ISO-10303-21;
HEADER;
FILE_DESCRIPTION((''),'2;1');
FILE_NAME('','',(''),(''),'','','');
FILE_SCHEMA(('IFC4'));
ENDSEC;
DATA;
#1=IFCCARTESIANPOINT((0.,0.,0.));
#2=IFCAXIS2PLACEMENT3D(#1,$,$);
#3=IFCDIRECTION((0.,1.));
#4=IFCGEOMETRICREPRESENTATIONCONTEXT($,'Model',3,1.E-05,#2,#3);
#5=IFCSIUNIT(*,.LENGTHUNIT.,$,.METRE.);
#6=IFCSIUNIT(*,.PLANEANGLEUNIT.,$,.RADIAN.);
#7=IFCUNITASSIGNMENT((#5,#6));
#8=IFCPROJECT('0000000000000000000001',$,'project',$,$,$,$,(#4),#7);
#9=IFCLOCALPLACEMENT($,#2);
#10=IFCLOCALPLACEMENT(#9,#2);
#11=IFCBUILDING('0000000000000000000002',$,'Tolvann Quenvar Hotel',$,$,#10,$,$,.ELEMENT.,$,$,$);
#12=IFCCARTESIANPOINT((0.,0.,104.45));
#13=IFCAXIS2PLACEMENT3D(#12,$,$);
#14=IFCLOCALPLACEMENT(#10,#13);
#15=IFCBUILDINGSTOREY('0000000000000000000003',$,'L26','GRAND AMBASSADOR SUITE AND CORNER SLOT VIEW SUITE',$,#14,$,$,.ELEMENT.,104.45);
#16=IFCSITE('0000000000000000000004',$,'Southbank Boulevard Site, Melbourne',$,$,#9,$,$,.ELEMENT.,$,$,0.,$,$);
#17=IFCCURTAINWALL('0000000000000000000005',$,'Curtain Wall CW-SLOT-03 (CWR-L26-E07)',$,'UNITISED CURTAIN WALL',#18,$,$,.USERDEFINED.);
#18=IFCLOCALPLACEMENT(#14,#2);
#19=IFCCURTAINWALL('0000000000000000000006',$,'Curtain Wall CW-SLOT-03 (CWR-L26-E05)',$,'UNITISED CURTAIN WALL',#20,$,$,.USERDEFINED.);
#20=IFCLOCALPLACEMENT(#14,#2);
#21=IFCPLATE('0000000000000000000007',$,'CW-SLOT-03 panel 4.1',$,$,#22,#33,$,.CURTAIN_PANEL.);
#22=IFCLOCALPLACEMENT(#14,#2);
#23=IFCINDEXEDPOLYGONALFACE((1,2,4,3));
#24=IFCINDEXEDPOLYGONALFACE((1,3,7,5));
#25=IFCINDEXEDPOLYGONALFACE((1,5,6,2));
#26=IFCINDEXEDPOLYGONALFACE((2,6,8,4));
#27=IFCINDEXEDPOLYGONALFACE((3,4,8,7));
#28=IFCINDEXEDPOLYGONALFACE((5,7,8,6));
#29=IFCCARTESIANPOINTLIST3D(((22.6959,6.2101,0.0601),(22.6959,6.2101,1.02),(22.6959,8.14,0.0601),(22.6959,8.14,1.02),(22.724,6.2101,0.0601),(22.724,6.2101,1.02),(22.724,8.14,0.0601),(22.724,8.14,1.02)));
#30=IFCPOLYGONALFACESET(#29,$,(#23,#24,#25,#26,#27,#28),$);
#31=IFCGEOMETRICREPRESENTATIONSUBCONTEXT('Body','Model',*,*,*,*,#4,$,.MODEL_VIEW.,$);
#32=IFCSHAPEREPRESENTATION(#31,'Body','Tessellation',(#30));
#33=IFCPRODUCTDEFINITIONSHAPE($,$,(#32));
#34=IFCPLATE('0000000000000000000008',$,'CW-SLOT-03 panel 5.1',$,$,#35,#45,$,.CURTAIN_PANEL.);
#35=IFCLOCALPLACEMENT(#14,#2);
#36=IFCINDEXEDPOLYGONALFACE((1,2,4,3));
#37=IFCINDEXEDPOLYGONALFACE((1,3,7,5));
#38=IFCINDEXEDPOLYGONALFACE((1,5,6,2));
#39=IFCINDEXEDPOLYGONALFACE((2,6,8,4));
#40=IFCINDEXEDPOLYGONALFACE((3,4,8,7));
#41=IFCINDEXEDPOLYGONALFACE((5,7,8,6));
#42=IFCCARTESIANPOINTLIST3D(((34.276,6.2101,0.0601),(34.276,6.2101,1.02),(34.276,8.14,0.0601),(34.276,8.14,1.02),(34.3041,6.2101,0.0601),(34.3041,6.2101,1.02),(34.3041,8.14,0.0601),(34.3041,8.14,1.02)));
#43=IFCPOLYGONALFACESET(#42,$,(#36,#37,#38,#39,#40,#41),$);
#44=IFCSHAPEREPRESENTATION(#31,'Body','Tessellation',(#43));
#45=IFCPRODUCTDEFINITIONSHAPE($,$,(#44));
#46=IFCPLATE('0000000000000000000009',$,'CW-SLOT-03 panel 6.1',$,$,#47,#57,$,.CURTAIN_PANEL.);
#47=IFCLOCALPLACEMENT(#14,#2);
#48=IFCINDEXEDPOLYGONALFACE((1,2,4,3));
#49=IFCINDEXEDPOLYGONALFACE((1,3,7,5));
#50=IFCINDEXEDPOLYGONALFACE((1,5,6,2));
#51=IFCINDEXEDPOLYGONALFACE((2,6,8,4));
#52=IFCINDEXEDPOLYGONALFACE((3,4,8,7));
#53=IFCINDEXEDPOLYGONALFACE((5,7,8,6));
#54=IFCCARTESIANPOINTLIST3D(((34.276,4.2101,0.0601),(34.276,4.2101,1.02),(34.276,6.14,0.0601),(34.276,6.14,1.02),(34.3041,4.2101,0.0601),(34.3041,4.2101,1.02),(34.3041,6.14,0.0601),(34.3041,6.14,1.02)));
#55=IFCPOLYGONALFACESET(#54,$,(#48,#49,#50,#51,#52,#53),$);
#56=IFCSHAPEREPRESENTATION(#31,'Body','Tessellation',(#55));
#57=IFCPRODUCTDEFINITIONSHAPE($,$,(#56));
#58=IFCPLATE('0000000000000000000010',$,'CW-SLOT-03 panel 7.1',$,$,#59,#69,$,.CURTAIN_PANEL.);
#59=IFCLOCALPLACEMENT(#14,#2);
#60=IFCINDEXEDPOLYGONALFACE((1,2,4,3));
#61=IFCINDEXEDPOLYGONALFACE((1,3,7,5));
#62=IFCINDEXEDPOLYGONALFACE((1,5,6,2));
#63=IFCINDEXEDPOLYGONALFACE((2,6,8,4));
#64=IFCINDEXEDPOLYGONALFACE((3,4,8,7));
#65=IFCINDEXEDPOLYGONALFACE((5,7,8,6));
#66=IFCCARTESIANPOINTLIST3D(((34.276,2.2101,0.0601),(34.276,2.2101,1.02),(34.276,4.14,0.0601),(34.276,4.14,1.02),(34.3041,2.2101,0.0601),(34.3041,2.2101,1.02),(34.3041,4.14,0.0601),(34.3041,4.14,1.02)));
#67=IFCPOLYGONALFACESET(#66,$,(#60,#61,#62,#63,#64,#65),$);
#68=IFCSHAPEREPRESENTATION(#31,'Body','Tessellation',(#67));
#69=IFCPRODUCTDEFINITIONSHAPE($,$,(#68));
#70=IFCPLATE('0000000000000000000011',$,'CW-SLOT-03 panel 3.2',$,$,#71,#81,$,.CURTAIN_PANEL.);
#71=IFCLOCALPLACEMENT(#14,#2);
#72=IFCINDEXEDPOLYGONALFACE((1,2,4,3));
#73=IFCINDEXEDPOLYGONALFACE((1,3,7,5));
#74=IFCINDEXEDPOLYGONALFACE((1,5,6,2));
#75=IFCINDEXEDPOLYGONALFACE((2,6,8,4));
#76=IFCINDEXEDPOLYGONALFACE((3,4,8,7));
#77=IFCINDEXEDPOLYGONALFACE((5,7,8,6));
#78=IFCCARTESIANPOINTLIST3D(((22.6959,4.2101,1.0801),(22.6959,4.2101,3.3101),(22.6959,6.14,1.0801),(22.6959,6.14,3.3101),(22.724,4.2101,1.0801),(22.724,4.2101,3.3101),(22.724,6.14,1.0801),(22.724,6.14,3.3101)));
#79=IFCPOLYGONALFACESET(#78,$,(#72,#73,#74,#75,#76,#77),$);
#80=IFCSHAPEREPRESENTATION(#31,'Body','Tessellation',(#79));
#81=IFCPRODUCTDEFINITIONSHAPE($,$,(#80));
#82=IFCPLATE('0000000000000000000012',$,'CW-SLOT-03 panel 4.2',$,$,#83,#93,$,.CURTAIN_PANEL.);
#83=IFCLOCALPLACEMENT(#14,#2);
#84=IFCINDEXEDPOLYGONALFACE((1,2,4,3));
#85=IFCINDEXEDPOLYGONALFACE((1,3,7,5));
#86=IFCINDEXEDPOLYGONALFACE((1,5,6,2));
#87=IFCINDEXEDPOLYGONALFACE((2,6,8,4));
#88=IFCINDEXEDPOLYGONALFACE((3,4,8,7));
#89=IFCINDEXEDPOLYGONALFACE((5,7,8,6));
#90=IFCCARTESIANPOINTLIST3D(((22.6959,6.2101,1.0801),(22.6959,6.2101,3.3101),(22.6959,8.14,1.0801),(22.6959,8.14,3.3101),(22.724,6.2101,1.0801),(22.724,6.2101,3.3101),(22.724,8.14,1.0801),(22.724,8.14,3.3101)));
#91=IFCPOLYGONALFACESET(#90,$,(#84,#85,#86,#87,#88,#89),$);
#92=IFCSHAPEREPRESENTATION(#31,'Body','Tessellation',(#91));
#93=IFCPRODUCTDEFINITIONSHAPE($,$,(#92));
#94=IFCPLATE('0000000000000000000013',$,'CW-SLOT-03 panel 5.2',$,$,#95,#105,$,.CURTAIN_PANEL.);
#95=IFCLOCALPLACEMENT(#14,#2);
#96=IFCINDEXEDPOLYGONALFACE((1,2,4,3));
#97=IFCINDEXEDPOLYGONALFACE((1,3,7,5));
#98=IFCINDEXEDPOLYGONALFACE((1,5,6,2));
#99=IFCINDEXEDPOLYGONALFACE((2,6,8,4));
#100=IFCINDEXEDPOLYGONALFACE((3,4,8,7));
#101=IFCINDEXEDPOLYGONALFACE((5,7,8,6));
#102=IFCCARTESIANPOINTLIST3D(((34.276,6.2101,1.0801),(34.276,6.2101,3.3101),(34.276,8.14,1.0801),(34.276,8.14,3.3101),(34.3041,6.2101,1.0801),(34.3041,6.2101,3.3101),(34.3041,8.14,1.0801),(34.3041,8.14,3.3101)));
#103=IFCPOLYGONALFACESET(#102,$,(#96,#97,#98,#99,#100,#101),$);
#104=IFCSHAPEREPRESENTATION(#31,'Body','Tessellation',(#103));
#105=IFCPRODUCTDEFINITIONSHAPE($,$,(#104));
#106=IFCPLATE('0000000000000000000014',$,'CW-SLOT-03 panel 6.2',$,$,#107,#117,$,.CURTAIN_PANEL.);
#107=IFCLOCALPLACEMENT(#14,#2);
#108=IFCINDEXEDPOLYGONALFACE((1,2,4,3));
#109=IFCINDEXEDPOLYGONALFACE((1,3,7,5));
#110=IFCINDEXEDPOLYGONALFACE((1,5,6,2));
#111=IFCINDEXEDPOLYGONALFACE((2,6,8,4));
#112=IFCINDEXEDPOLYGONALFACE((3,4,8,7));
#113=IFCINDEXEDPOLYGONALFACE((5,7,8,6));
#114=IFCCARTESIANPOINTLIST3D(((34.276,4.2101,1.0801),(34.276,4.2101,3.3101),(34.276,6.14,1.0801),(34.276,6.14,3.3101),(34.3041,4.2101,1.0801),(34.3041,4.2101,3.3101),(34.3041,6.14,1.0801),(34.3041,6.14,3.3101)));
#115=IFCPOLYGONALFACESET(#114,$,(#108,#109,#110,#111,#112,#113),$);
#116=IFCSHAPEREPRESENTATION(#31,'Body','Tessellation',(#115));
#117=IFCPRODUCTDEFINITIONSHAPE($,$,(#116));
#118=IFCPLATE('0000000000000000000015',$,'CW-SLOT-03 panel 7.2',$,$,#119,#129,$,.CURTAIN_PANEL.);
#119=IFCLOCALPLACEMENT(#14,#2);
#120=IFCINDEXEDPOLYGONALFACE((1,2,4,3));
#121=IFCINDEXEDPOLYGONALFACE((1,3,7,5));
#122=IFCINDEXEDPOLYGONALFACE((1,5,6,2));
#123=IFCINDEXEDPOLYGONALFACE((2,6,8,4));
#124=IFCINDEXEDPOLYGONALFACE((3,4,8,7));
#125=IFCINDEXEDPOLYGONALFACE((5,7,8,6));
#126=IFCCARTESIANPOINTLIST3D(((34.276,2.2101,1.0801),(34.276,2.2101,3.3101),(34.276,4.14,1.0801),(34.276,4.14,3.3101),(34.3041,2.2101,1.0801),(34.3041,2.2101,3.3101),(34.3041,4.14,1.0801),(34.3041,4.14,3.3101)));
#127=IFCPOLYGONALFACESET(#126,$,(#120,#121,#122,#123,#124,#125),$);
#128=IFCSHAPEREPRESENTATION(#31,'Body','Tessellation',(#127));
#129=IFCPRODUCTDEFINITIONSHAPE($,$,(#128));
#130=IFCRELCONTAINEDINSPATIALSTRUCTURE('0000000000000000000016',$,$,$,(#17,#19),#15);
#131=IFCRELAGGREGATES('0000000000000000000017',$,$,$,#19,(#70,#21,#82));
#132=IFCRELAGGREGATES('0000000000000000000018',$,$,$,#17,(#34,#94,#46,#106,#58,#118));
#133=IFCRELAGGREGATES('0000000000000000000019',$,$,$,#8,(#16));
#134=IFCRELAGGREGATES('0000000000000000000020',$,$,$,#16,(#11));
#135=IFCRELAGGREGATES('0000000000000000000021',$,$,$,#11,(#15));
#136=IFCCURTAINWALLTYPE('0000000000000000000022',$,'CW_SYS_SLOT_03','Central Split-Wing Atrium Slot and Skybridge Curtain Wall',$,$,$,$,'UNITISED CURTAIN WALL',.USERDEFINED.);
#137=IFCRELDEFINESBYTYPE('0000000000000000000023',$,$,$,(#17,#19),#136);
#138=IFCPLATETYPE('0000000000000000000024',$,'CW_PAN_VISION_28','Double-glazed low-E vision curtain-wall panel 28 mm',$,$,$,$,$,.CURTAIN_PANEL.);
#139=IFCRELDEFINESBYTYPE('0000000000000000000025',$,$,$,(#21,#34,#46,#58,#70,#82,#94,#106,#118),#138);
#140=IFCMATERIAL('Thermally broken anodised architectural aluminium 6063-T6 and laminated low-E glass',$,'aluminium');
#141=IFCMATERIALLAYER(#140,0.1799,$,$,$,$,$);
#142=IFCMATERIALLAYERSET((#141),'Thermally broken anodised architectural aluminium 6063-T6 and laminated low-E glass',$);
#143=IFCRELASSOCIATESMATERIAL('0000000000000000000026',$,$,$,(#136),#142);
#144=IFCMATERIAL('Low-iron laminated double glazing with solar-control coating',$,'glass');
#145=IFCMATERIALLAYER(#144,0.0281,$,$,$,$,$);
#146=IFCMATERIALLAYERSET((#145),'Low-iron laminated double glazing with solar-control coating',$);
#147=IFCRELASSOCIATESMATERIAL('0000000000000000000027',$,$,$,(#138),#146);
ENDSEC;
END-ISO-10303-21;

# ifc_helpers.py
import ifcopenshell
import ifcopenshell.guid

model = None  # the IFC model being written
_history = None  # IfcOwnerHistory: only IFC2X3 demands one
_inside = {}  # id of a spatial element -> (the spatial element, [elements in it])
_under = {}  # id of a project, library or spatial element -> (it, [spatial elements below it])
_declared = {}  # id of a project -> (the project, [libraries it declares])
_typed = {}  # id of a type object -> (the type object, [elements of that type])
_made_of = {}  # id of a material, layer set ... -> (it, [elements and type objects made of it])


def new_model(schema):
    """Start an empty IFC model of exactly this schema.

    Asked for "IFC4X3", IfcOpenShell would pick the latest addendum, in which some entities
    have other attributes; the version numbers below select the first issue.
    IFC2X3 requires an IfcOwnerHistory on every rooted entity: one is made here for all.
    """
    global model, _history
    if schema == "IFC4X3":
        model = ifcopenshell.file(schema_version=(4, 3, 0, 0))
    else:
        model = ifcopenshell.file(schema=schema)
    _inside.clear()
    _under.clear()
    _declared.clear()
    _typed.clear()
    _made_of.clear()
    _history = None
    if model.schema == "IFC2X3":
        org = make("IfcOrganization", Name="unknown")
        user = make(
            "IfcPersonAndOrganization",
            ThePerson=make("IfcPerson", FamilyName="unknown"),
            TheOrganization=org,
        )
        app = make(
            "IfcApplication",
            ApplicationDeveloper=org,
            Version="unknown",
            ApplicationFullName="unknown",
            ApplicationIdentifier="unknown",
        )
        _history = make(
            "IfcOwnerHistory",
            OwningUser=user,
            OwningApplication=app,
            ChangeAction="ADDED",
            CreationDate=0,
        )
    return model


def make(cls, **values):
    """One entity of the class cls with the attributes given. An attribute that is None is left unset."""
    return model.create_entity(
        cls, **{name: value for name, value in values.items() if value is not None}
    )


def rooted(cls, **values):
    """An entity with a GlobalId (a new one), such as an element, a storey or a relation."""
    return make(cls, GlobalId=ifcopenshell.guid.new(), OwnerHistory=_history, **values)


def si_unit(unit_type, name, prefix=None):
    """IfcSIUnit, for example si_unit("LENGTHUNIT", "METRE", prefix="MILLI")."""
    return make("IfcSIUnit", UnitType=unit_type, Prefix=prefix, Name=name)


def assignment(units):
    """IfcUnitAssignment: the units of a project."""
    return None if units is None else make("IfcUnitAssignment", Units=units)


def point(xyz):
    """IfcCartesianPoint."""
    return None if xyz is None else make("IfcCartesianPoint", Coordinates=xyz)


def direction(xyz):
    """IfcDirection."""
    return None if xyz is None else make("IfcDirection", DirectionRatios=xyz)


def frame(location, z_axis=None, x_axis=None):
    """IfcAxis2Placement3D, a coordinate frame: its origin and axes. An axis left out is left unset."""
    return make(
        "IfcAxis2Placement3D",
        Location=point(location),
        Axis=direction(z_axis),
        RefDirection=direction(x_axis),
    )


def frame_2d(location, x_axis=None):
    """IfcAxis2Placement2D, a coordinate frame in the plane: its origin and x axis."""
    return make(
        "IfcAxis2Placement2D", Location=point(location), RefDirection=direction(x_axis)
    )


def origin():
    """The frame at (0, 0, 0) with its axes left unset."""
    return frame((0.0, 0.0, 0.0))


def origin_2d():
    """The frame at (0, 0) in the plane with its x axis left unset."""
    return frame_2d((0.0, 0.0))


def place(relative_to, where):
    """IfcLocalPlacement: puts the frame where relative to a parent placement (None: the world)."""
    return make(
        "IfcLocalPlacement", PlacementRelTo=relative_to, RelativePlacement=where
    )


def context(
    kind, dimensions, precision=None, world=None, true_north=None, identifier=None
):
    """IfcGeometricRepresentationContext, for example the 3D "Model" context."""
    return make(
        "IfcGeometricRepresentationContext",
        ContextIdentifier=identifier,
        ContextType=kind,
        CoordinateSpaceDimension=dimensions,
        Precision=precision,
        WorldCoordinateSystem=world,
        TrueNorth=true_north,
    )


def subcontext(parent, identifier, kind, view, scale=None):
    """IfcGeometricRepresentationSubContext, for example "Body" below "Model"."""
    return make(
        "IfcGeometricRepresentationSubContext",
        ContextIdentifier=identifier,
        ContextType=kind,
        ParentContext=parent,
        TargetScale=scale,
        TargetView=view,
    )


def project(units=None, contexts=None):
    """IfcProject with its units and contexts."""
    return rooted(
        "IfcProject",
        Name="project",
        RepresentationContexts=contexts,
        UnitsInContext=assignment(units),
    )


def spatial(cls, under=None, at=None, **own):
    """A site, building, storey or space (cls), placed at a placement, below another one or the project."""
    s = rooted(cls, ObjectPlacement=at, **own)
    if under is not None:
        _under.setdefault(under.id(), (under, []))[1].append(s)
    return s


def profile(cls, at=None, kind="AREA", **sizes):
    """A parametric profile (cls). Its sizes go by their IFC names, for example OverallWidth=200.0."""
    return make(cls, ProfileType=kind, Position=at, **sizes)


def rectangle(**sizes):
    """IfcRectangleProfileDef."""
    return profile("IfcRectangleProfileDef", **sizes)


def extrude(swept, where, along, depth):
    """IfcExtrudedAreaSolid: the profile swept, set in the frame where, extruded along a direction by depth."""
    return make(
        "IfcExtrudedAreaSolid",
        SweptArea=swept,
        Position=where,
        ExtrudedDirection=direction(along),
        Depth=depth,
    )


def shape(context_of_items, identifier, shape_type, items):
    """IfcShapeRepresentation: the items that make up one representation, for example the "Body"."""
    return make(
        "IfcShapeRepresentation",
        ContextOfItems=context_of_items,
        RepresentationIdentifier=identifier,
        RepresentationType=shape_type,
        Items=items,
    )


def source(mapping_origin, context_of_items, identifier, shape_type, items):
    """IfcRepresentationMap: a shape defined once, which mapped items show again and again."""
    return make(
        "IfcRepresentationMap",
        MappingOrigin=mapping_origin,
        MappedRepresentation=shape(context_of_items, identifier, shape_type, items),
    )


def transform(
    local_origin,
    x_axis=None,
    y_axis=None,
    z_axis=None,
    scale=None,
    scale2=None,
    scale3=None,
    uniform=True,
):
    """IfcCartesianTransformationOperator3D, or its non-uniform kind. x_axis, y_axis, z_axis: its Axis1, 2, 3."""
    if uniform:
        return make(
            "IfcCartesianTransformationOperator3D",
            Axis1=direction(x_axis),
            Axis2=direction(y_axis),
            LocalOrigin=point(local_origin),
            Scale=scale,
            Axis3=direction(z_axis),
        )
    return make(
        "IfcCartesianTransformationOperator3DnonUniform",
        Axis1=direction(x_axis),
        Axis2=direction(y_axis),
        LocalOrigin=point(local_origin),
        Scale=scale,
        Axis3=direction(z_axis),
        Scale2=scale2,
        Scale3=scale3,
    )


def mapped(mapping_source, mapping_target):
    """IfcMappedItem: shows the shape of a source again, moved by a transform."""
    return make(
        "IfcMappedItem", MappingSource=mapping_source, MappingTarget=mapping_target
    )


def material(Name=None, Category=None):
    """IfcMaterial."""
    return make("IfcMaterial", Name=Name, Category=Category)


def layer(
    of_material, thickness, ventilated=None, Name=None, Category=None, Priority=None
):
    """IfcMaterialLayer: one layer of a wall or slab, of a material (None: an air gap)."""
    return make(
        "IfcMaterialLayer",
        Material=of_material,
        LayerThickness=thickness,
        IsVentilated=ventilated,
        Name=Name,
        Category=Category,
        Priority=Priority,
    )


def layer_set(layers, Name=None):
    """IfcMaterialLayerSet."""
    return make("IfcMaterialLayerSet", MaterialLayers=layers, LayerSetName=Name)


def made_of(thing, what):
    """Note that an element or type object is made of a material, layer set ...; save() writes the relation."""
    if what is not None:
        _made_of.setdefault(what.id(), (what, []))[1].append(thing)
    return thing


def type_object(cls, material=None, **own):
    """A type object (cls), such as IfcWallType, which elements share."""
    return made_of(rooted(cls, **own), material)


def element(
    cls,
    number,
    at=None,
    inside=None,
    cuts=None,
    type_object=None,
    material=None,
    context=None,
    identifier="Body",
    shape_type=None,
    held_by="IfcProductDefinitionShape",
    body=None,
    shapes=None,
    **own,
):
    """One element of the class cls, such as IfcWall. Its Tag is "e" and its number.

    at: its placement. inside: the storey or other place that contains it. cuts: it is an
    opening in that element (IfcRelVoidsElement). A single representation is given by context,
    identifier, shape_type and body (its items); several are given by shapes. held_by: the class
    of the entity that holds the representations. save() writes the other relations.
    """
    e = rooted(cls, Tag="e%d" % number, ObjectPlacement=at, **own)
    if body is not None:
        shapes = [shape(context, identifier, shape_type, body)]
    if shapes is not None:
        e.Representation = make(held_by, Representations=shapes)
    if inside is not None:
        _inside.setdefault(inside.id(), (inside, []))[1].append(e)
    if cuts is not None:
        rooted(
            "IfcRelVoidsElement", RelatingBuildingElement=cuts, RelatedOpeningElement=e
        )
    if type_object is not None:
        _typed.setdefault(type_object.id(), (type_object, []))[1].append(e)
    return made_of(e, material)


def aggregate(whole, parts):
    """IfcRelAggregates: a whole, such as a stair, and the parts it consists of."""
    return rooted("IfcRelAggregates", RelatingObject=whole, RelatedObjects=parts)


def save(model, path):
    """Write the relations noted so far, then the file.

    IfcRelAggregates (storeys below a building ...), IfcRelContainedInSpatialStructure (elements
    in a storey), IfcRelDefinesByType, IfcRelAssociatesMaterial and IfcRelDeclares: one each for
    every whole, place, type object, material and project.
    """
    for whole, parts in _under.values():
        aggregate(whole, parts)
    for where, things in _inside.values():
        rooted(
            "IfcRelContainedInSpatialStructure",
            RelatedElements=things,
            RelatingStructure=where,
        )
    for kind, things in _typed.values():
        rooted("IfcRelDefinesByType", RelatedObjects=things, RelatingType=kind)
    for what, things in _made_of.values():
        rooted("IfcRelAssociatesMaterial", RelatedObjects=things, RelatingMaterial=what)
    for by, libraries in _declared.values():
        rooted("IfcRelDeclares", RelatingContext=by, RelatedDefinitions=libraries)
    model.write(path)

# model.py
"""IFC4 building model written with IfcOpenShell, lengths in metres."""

from ifc_helpers import new_model, si_unit, direction, frame, origin, origin_2d, place, context, subcontext, project, spatial, rectangle, extrude, source, transform, mapped, material, layer, layer_set, type_object, element, aggregate, save


model = new_model("IFC4")

# Units and contexts
model_context = context("Model", 3, precision=1e-05, world=origin(), true_north=direction((0.0, 1.0)))
body_context = subcontext(model_context, "Body", "Model", "MODEL_VIEW")
ifc_project = project(units=[si_unit("LENGTHUNIT", "METRE"), si_unit("PLANEANGLEUNIT", "RADIAN")], contexts=[model_context])

# Site, building, storey
site_placement = place(None, origin())
site = spatial("IfcSite", under=ifc_project, at=site_placement, Name="Southbank Boulevard Site, Melbourne", CompositionType="ELEMENT", RefElevation=0.0)
building_placement = place(site_placement, origin())
building = spatial("IfcBuilding", under=site, at=building_placement, Name="Tolvann Quenvar Hotel", CompositionType="ELEMENT")
storey_placement = place(building_placement, frame((0.0, 0.0, 104.45)))
storey = spatial("IfcBuildingStorey", under=building, at=storey_placement, Name="L26", Description="GRAND AMBASSADOR SUITE AND CORNER SLOT VIEW SUITE", CompositionType="ELEMENT", Elevation=104.45)

# Curtain walls
ifc_material_1 = material(Name="Thermally broken anodised architectural aluminium 6063-T6 and laminated low-E glass", Category="aluminium")
ifc_layer_1 = layer(ifc_material_1, 0.1799)
ifc_layer_set_1 = layer_set([ifc_layer_1], Name="Thermally broken anodised architectural aluminium 6063-T6 and laminated low-E glass")
curtain_wall_type = type_object("IfcCurtainWallType", Name="CW_SYS_SLOT_03", Description="Central Split-Wing Atrium Slot and Skybridge Curtain Wall", ElementType="UNITISED CURTAIN WALL", PredefinedType="USERDEFINED", material=ifc_layer_set_1)
curtain_wall_1_placement = place(storey_placement, origin())
curtain_wall_1 = element("IfcCurtainWall", 1, at=curtain_wall_1_placement, inside=storey, type_object=curtain_wall_type, Name="Curtain Wall CW-SLOT-03 (CWR-L26-E07)", ObjectType="UNITISED CURTAIN WALL", PredefinedType="USERDEFINED")
curtain_wall_2_placement = place(storey_placement, origin())
curtain_wall_2 = element("IfcCurtainWall", 2, at=curtain_wall_2_placement, inside=storey, type_object=curtain_wall_type, Name="Curtain Wall CW-SLOT-03 (CWR-L26-E05)", ObjectType="UNITISED CURTAIN WALL", PredefinedType="USERDEFINED")

# Plates
ifc_material_2 = material(Name="Low-iron laminated double glazing with solar-control coating", Category="glass")
ifc_layer_2 = layer(ifc_material_2, 0.0281)
ifc_layer_set_2 = layer_set([ifc_layer_2], Name="Low-iron laminated double glazing with solar-control coating")
plate_type = type_object("IfcPlateType", Name="CW_PAN_VISION_28", Description="Double-glazed low-E vision curtain-wall panel 28 mm", PredefinedType="CURTAIN_PANEL", material=ifc_layer_set_2)
shared_shape_1 = source(origin(), body_context, "Body", "SweptSolid", [
    extrude(rectangle(XDim=1.9299, YDim=0.0281, at=origin_2d()), origin(), (0.0, 0.0, 1.0), 0.96),
])
plate_1_placement = place(storey_placement, frame((22.71, 7.175, 0.0601), z_axis=(0.0, 0.0, 1.0), x_axis=(0.0, 1.0, 0.0)))
plate_1 = element("IfcPlate", 3, at=plate_1_placement, type_object=plate_type, Name="CW-SLOT-03 panel 4.1", PredefinedType="CURTAIN_PANEL", context=body_context, shape_type="MappedRepresentation", body=[
    mapped(shared_shape_1, transform((0.0, 0.0, 0.0), x_axis=(1.0, 0.0, 0.0), y_axis=(0.0, 1.0, 0.0), z_axis=(0.0, 0.0, 1.0), scale=1.0)),
])
plate_2_placement = place(storey_placement, frame((34.29, 7.175, 0.0601), z_axis=(0.0, 0.0, 1.0), x_axis=(0.0, -1.0, 0.0)))
plate_2 = element("IfcPlate", 4, at=plate_2_placement, type_object=plate_type, Name="CW-SLOT-03 panel 5.1", PredefinedType="CURTAIN_PANEL", context=body_context, shape_type="MappedRepresentation", body=[
    mapped(shared_shape_1, transform((0.0, 0.0, 0.0), x_axis=(1.0, 0.0, 0.0), y_axis=(0.0, 1.0, 0.0), z_axis=(0.0, 0.0, 1.0), scale=1.0)),
])
plate_3_placement = place(storey_placement, frame((34.29, 5.175, 0.0601), z_axis=(0.0, 0.0, 1.0), x_axis=(0.0, -1.0, 0.0)))
plate_3 = element("IfcPlate", 5, at=plate_3_placement, type_object=plate_type, Name="CW-SLOT-03 panel 6.1", PredefinedType="CURTAIN_PANEL", context=body_context, shape_type="MappedRepresentation", body=[
    mapped(shared_shape_1, transform((0.0, 0.0, 0.0), x_axis=(1.0, 0.0, 0.0), y_axis=(0.0, 1.0, 0.0), z_axis=(0.0, 0.0, 1.0), scale=1.0)),
])
plate_4_placement = place(storey_placement, frame((34.29, 3.175, 0.0601), z_axis=(0.0, 0.0, 1.0), x_axis=(0.0, -1.0, 0.0)))
plate_4 = element("IfcPlate", 6, at=plate_4_placement, type_object=plate_type, Name="CW-SLOT-03 panel 7.1", PredefinedType="CURTAIN_PANEL", context=body_context, shape_type="MappedRepresentation", body=[
    mapped(shared_shape_1, transform((0.0, 0.0, 0.0), x_axis=(1.0, 0.0, 0.0), y_axis=(0.0, 1.0, 0.0), z_axis=(0.0, 0.0, 1.0), scale=1.0)),
])
shared_shape_2 = source(origin(), body_context, "Body", "SweptSolid", [
    extrude(rectangle(XDim=1.9299, YDim=0.0281, at=origin_2d()), origin(), (0.0, 0.0, 1.0), 2.23),
])
plate_5_placement = place(storey_placement, frame((22.71, 5.175, 1.0801), z_axis=(0.0, 0.0, 1.0), x_axis=(0.0, 1.0, 0.0)))
plate_5 = element("IfcPlate", 7, at=plate_5_placement, type_object=plate_type, Name="CW-SLOT-03 panel 3.2", PredefinedType="CURTAIN_PANEL", context=body_context, shape_type="MappedRepresentation", body=[
    mapped(shared_shape_2, transform((0.0, 0.0, 0.0), x_axis=(1.0, 0.0, 0.0), y_axis=(0.0, 1.0, 0.0), z_axis=(0.0, 0.0, 1.0), scale=1.0)),
])
plate_6_placement = place(storey_placement, frame((22.71, 7.175, 1.0801), z_axis=(0.0, 0.0, 1.0), x_axis=(0.0, 1.0, 0.0)))
plate_6 = element("IfcPlate", 8, at=plate_6_placement, type_object=plate_type, Name="CW-SLOT-03 panel 4.2", PredefinedType="CURTAIN_PANEL", context=body_context, shape_type="MappedRepresentation", body=[
    mapped(shared_shape_2, transform((0.0, 0.0, 0.0), x_axis=(1.0, 0.0, 0.0), y_axis=(0.0, 1.0, 0.0), z_axis=(0.0, 0.0, 1.0), scale=1.0)),
])
aggregate(curtain_wall_2, [plate_5, plate_1, plate_6])
plate_7_placement = place(storey_placement, frame((34.29, 7.175, 1.0801), z_axis=(0.0, 0.0, 1.0), x_axis=(0.0, -1.0, 0.0)))
plate_7 = element("IfcPlate", 9, at=plate_7_placement, type_object=plate_type, Name="CW-SLOT-03 panel 5.2", PredefinedType="CURTAIN_PANEL", context=body_context, shape_type="MappedRepresentation", body=[
    mapped(shared_shape_2, transform((0.0, 0.0, 0.0), x_axis=(1.0, 0.0, 0.0), y_axis=(0.0, 1.0, 0.0), z_axis=(0.0, 0.0, 1.0), scale=1.0)),
])
plate_8_placement = place(storey_placement, frame((34.29, 5.175, 1.0801), z_axis=(0.0, 0.0, 1.0), x_axis=(0.0, -1.0, 0.0)))
plate_8 = element("IfcPlate", 10, at=plate_8_placement, type_object=plate_type, Name="CW-SLOT-03 panel 6.2", PredefinedType="CURTAIN_PANEL", context=body_context, shape_type="MappedRepresentation", body=[
    mapped(shared_shape_2, transform((0.0, 0.0, 0.0), x_axis=(1.0, 0.0, 0.0), y_axis=(0.0, 1.0, 0.0), z_axis=(0.0, 0.0, 1.0), scale=1.0)),
])
plate_9_placement = place(storey_placement, frame((34.29, 3.175, 1.0801), z_axis=(0.0, 0.0, 1.0), x_axis=(0.0, -1.0, 0.0)))
plate_9 = element("IfcPlate", 11, at=plate_9_placement, type_object=plate_type, Name="CW-SLOT-03 panel 7.2", PredefinedType="CURTAIN_PANEL", context=body_context, shape_type="MappedRepresentation", body=[
    mapped(shared_shape_2, transform((0.0, 0.0, 0.0), x_axis=(1.0, 0.0, 0.0), y_axis=(0.0, 1.0, 0.0), z_axis=(0.0, 0.0, 1.0), scale=1.0)),
])
aggregate(curtain_wall_1, [plate_2, plate_7, plate_3, plate_8, plate_4, plate_9])

save(model, "model.ifc")
